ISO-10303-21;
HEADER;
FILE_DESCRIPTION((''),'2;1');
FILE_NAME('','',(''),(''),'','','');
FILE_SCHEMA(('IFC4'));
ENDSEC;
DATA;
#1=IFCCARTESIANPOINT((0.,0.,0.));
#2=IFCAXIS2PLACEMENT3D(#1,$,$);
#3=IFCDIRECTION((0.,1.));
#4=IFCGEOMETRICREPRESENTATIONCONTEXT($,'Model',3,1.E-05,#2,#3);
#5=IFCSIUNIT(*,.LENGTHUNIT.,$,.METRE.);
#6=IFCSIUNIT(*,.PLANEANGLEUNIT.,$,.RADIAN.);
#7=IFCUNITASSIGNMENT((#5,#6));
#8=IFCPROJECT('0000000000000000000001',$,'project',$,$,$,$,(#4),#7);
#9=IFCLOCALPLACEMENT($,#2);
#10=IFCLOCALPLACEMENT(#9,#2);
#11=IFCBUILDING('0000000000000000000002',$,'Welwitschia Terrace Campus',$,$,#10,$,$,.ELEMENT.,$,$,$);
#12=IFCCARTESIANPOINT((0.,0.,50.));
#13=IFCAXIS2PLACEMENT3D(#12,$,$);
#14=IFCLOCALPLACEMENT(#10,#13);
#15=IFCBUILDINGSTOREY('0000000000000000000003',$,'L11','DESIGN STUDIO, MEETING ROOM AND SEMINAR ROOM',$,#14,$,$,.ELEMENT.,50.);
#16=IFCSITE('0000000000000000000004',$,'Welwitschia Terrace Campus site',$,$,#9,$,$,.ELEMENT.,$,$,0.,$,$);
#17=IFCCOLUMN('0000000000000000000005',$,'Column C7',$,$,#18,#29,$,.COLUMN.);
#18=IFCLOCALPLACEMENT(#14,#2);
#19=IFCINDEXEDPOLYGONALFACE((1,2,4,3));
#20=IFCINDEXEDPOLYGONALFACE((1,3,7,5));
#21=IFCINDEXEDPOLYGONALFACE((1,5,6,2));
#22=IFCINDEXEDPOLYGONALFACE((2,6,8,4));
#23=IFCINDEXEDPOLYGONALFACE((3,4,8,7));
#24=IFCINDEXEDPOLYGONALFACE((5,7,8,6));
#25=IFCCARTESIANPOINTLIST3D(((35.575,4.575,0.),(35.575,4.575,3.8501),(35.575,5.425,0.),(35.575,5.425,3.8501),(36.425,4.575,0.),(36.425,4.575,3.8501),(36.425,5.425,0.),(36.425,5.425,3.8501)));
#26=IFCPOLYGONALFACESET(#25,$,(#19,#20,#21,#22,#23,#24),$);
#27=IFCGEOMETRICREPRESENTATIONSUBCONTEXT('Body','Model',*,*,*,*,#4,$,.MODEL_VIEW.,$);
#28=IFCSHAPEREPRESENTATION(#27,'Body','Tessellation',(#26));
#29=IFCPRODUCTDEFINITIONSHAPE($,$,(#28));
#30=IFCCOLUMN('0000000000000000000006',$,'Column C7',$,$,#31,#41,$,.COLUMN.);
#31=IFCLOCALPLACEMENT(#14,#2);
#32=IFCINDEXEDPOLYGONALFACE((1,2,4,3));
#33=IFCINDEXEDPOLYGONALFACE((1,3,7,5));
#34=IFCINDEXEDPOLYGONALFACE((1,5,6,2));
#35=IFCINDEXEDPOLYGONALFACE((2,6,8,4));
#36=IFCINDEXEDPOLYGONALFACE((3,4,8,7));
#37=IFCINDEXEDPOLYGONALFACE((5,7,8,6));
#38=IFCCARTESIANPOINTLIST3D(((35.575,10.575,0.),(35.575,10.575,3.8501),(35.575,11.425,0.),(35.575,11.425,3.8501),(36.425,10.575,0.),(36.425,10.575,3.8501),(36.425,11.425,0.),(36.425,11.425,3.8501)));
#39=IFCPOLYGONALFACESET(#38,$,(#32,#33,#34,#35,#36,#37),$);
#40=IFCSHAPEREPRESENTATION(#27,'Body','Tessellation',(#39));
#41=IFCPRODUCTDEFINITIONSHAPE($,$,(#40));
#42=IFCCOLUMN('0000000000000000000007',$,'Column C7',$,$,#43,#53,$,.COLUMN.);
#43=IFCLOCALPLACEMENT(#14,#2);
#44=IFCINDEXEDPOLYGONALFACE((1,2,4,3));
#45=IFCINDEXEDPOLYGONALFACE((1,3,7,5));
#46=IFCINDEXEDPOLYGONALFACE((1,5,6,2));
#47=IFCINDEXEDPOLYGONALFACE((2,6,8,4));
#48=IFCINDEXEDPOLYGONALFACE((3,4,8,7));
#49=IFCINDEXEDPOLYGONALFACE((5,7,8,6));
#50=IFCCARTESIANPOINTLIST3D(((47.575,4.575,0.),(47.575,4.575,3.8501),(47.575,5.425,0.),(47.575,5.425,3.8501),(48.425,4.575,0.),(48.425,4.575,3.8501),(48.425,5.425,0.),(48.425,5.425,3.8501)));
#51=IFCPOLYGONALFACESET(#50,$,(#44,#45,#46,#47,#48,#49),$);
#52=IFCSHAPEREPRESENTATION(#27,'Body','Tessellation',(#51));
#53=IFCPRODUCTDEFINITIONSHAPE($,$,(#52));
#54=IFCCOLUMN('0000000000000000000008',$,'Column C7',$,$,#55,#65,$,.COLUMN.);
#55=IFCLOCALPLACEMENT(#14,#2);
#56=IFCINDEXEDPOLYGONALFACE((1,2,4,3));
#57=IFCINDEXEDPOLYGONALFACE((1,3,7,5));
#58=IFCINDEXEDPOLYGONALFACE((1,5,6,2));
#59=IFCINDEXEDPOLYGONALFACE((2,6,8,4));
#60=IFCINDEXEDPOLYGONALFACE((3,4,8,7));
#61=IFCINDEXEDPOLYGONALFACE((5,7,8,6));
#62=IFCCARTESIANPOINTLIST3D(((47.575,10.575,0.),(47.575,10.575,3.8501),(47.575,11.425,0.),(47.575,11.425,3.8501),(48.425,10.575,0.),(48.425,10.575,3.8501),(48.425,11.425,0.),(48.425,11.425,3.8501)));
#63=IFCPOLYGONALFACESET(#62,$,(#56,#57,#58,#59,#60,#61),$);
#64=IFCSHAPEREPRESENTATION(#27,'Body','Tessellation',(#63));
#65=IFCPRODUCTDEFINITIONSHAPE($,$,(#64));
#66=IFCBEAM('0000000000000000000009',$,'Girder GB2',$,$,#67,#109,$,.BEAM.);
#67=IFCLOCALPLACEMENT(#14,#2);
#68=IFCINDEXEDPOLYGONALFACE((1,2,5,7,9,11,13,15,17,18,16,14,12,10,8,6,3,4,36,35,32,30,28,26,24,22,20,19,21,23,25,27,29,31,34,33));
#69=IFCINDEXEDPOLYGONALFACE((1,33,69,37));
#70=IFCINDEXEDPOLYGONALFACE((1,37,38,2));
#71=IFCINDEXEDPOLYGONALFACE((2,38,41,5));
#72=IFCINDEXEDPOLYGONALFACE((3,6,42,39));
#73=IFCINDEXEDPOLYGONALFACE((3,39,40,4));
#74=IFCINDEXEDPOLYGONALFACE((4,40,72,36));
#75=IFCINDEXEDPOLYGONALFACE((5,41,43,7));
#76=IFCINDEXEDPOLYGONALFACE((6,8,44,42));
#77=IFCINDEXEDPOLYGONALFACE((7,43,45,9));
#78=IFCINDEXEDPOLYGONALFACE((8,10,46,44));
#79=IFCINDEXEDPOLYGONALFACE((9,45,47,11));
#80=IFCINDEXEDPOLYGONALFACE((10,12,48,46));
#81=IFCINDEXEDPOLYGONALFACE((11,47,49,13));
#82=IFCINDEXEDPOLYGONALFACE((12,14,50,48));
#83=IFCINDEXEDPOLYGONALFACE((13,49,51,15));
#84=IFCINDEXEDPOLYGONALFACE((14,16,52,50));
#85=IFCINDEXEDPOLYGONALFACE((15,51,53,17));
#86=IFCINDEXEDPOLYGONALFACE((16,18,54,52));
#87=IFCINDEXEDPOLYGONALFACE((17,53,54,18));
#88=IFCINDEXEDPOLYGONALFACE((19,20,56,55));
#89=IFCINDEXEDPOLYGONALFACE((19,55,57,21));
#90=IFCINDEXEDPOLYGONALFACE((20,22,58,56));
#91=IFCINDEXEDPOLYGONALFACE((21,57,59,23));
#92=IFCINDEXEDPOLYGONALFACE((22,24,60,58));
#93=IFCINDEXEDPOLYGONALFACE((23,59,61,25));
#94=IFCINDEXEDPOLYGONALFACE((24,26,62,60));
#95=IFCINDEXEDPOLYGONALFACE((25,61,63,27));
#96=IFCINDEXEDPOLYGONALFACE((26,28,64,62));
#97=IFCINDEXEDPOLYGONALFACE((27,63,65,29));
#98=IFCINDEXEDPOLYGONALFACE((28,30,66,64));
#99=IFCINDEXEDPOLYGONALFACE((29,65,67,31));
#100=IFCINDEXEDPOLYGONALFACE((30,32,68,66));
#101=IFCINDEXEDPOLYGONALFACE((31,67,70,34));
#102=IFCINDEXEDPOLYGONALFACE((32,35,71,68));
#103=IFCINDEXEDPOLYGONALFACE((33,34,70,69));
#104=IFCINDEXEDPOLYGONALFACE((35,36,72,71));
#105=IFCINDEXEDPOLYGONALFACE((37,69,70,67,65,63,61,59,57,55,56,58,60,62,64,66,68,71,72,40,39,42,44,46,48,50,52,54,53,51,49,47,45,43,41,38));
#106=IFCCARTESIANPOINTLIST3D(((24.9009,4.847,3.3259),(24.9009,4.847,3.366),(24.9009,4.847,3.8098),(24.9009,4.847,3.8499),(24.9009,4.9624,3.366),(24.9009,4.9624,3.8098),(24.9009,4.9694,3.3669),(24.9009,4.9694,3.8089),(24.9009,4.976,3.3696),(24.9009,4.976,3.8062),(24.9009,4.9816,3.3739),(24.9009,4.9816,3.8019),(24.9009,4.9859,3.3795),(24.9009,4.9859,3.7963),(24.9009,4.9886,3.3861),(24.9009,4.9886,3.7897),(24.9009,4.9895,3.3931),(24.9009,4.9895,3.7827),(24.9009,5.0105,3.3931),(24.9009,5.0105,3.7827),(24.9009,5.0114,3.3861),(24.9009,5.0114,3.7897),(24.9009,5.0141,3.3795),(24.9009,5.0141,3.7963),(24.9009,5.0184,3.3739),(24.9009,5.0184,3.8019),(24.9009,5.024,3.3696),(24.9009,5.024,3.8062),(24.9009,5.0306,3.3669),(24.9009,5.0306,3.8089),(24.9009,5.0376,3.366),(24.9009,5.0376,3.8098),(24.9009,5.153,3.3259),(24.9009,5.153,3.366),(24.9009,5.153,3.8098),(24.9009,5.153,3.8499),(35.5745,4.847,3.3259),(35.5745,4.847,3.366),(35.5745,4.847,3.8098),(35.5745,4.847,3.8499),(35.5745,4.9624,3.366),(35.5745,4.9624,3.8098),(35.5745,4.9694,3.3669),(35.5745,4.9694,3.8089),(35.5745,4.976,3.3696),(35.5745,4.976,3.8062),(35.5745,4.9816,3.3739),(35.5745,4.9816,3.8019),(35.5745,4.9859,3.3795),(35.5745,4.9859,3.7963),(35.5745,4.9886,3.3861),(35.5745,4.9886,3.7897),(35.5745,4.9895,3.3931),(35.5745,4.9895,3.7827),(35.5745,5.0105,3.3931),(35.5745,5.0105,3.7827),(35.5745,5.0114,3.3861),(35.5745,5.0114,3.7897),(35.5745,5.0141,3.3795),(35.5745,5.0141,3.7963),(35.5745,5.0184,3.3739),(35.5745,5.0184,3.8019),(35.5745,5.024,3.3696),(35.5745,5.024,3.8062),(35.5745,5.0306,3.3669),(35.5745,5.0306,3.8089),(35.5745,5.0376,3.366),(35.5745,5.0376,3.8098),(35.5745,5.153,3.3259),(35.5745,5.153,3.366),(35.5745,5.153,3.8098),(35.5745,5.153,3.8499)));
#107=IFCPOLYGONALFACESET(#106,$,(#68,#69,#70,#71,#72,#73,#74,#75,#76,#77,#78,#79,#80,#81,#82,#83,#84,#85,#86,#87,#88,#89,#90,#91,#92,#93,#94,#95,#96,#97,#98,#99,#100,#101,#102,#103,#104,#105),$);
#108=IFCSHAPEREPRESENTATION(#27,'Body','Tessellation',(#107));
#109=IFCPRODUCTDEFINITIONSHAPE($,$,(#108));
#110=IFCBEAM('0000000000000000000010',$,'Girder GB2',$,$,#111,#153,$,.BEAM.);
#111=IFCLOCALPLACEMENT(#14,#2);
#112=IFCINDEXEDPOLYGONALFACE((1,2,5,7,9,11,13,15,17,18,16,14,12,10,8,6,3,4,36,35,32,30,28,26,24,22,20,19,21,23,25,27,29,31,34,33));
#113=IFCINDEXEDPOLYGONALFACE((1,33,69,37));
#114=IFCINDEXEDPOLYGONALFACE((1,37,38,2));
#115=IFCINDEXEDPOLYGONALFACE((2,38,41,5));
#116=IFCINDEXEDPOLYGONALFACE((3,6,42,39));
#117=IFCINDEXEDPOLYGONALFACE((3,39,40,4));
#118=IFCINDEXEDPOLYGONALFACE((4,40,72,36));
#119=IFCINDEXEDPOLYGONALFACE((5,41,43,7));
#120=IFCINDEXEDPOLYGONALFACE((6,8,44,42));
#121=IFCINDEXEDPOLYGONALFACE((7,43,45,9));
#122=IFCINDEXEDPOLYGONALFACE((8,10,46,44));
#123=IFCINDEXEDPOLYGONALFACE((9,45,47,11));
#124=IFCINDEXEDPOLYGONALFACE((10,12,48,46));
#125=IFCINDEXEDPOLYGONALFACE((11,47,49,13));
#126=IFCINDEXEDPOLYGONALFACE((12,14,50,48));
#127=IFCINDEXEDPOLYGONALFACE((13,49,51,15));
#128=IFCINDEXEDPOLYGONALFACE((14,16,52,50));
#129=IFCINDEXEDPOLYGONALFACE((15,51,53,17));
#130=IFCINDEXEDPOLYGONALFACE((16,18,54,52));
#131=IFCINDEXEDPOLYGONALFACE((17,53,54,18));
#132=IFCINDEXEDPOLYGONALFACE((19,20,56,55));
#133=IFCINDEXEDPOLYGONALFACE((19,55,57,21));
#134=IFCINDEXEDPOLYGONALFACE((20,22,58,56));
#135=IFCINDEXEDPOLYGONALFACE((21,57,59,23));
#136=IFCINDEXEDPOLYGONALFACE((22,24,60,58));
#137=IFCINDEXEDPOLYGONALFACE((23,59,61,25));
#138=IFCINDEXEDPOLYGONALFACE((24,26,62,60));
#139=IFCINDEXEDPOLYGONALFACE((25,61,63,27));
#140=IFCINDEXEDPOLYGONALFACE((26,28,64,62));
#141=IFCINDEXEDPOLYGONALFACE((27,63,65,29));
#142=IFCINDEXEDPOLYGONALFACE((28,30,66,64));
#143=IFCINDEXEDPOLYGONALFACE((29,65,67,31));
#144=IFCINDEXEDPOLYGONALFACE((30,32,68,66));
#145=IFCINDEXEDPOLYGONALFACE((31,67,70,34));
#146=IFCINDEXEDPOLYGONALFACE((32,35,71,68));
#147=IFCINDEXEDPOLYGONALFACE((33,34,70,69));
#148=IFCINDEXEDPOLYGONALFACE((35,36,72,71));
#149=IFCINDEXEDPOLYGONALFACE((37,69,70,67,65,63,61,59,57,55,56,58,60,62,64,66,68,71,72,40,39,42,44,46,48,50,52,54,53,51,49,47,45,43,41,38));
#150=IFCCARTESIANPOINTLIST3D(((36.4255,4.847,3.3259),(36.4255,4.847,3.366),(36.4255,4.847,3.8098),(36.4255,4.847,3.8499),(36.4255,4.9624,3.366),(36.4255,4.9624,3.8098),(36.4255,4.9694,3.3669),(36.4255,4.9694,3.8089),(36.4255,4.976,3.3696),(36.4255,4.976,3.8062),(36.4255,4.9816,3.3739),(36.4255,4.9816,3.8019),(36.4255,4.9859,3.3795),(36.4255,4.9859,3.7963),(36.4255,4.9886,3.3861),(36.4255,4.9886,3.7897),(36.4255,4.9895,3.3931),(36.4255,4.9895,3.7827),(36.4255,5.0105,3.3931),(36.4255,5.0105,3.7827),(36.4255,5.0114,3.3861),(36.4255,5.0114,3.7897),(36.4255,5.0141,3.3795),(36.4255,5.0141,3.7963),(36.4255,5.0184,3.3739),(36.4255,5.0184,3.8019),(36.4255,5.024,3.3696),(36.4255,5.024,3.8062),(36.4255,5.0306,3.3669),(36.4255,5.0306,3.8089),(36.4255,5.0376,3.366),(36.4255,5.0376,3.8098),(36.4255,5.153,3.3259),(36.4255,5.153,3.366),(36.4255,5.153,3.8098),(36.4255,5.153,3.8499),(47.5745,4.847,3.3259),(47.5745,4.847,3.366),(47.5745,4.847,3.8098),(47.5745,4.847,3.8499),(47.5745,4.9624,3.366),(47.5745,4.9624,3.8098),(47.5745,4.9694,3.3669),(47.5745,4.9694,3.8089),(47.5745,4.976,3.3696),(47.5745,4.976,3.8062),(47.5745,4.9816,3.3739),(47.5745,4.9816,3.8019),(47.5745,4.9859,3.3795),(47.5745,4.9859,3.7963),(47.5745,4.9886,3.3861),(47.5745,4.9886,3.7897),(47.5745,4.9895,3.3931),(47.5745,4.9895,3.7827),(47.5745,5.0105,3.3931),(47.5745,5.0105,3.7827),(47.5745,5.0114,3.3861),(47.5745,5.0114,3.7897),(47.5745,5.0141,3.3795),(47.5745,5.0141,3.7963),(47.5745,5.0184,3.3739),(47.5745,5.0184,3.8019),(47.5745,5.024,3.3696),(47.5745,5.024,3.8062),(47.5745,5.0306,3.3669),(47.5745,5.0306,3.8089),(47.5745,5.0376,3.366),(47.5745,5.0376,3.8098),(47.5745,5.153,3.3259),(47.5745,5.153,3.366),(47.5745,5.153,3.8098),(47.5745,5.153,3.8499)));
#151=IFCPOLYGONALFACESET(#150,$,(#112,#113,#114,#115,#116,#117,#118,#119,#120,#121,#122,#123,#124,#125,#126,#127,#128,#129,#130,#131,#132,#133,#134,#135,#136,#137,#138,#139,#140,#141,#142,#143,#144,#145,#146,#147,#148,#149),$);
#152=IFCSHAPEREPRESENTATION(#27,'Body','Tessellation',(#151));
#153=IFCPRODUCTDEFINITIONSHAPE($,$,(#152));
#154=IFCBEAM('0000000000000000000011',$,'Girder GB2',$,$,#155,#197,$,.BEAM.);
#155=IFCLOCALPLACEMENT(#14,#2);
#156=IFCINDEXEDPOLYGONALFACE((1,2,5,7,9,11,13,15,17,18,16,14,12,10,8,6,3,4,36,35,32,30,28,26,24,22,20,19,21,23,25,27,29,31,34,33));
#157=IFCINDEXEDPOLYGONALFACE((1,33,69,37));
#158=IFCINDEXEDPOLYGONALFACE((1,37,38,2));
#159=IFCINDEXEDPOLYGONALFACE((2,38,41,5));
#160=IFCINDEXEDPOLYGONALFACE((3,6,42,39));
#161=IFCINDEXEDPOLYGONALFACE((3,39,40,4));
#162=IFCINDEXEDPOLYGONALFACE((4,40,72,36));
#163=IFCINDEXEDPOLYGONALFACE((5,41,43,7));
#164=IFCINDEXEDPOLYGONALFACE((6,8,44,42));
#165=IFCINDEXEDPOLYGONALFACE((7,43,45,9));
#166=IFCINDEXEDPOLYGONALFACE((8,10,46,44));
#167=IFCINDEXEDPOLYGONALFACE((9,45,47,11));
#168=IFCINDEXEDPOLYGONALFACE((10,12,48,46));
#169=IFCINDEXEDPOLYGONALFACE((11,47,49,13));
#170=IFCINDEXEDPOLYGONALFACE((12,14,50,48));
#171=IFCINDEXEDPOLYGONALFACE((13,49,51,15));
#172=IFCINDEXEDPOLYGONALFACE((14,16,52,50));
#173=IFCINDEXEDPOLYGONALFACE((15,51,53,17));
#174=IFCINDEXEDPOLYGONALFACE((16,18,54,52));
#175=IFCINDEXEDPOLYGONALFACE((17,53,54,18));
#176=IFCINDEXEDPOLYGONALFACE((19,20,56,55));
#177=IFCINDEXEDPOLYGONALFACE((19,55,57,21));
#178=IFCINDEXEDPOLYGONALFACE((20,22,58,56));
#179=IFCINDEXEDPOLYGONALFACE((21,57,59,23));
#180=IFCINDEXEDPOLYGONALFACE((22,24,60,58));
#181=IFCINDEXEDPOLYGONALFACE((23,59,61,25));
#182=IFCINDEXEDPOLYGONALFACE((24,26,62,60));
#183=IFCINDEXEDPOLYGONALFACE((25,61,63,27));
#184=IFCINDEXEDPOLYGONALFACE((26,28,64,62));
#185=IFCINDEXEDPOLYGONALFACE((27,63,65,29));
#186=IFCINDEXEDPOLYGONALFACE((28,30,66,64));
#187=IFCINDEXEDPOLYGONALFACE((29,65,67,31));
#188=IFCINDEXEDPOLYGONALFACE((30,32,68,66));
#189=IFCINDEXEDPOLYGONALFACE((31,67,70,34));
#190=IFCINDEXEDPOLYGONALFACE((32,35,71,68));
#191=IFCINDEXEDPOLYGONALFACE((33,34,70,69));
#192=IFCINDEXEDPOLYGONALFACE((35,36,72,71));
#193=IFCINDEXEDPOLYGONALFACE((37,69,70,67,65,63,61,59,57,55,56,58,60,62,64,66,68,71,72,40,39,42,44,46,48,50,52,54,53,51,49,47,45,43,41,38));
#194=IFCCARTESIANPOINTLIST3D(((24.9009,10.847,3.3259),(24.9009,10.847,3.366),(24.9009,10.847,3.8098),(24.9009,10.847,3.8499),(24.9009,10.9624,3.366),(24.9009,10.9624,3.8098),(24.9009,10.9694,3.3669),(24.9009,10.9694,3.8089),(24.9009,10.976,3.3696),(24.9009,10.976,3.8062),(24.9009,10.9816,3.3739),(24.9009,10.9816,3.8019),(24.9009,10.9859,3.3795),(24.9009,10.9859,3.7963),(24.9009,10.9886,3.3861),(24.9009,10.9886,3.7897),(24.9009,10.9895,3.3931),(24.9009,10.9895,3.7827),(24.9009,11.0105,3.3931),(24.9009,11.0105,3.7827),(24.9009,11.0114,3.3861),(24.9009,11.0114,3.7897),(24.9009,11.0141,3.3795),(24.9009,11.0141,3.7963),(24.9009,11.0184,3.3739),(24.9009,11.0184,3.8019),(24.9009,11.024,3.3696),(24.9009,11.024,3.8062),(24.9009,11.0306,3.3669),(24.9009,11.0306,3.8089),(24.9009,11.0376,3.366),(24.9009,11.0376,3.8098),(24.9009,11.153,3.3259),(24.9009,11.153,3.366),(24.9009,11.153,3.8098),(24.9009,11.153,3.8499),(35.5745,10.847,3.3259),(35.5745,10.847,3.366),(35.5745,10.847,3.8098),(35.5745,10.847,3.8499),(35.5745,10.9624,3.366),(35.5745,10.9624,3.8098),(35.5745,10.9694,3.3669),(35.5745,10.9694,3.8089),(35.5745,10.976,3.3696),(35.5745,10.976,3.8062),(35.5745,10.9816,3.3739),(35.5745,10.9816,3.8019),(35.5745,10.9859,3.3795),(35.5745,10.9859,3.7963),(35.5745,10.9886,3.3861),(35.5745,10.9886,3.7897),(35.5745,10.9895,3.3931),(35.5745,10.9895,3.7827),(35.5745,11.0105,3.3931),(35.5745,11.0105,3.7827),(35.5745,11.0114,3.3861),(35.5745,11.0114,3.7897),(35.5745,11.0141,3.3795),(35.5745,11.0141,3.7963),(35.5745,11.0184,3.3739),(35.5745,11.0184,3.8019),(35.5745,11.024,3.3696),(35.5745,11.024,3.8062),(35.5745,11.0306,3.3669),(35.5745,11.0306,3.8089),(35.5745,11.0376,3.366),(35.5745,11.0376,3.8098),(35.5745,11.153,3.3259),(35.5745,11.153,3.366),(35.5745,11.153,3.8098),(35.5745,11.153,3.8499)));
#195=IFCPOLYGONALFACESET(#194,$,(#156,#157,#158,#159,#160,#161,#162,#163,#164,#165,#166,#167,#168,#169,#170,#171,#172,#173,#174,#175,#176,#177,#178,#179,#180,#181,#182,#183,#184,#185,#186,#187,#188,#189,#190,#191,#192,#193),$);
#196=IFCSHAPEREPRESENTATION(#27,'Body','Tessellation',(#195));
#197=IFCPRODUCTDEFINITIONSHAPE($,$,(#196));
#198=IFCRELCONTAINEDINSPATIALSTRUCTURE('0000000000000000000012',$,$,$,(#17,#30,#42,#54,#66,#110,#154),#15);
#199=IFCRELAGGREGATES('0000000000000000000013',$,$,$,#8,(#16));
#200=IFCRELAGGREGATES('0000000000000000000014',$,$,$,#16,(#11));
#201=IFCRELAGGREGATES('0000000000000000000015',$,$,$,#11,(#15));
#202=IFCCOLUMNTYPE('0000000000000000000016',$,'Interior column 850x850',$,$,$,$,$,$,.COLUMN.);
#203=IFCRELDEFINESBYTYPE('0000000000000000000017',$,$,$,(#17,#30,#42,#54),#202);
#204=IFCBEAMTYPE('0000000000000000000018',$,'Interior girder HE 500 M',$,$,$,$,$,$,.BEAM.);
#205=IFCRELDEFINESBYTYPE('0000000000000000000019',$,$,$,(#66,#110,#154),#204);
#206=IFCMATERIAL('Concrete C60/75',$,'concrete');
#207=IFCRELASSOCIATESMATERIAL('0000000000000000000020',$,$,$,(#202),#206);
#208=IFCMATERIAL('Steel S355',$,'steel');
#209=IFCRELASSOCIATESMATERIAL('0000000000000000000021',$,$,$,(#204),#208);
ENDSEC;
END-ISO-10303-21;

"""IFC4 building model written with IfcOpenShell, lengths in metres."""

from ifc_helpers import new_model, si_unit, direction, frame, origin, origin_2d, place, context, subcontext, project, spatial, rectangle, i_section, extrude, material, material_profile, profile_set, type_object, element, save


model = new_model("IFC4")

# Units and contexts
model_context = context("Model", 3, precision=1e-05, world=origin(), true_north=direction((0.0, 1.0)))
body_context = subcontext(model_context, "Body", "Model", "MODEL_VIEW")
ifc_project = project(units=[si_unit("LENGTHUNIT", "METRE"), si_unit("PLANEANGLEUNIT", "RADIAN")], contexts=[model_context])

# Site, building, storey
site_placement = place(None, origin())
site = spatial("IfcSite", under=ifc_project, at=site_placement, Name="Welwitschia Terrace Campus site", CompositionType="ELEMENT", RefElevation=0.0)
building_placement = place(site_placement, origin())
building = spatial("IfcBuilding", under=site, at=building_placement, Name="Welwitschia Terrace Campus", CompositionType="ELEMENT")
storey_placement = place(building_placement, frame((0.0, 0.0, 50.0)))
storey = spatial("IfcBuildingStorey", under=building, at=storey_placement, Name="L11", Description="DESIGN STUDIO, MEETING ROOM AND SEMINAR ROOM", CompositionType="ELEMENT", Elevation=50.0)

# Columns
ifc_material_1 = material(Name="Concrete C60/75", Category="concrete")
ifc_material_profile_1 = material_profile(ifc_material_1, rectangle(XDim=0.8501, YDim=0.8501, at=origin_2d()))
ifc_profile_set_1 = profile_set([ifc_material_profile_1], Name="Concrete C60/75")
column_type = type_object("IfcColumnType", Name="Interior column 850x850", PredefinedType="COLUMN", material=ifc_profile_set_1)
for number, where, z_axis, x_axis, name in (
    (1, (36.0, 5.0, 0.0), (0.0, 0.0, 1.0), (1.0, 0.0, 0.0), "Column C7"),
    (2, (36.0, 11.0, 0.0), (0.0, 0.0, 1.0), (1.0, 0.0, 0.0), "Column C7"),
    (3, (48.0, 5.0, 0.0), (0.0, 0.0, 1.0), (1.0, 0.0, 0.0), "Column C7"),
    (4, (48.0, 11.0, 0.0), (0.0, 0.0, 1.0), (1.0, 0.0, 0.0), "Column C7"),
):
    element("IfcColumn", number, at=place(storey_placement, frame(where, z_axis=z_axis, x_axis=x_axis)), inside=storey, type_object=column_type, Name=name, PredefinedType="COLUMN", context=body_context, shape_type="SweptSolid", body=[
        extrude(rectangle(XDim=0.8501, YDim=0.8501, at=origin_2d()), origin(), (0.0, 0.0, 1.0), 3.8501),
    ])

# Beams
ifc_material_2 = material(Name="Steel S355", Category="steel")
ifc_material_profile_2 = material_profile(ifc_material_2, i_section(OverallWidth=0.3059, OverallDepth=0.5239, WebThickness=0.021, FlangeThickness=0.04, FilletRadius=0.0271, at=origin_2d()))
ifc_profile_set_2 = profile_set([ifc_material_profile_2], Name="Steel S355")
beam_type_1 = type_object("IfcBeamType", Name="Interior girder HE 500 M", PredefinedType="BEAM", material=ifc_profile_set_2)
beam_1_placement = place(storey_placement, frame((24.9009, 5.0, 3.5879), z_axis=(1.0, 0.0, 0.0), x_axis=(0.0, 1.0, 0.0)))
element("IfcBeam", 5, at=beam_1_placement, inside=storey, type_object=beam_type_1, Name="Girder GB2", PredefinedType="BEAM", context=body_context, shape_type="SweptSolid", body=[
    extrude(i_section(OverallWidth=0.3059, OverallDepth=0.5239, WebThickness=0.021, FlangeThickness=0.04, FilletRadius=0.0271, at=origin_2d()), origin(), (0.0, 0.0, 1.0), 10.6736),
])
beam_2_placement = place(storey_placement, frame((36.4255, 5.0, 3.5879), z_axis=(1.0, 0.0, 0.0), x_axis=(0.0, 1.0, 0.0)))
element("IfcBeam", 6, at=beam_2_placement, inside=storey, type_object=beam_type_1, Name="Girder GB2", PredefinedType="BEAM", context=body_context, shape_type="SweptSolid", body=[
    extrude(i_section(OverallWidth=0.3059, OverallDepth=0.5239, WebThickness=0.021, FlangeThickness=0.04, FilletRadius=0.0271, at=origin_2d()), origin(), (0.0, 0.0, 1.0), 11.1489),
])
beam_3_placement = place(storey_placement, frame((24.9009, 11.0, 3.5879), z_axis=(1.0, 0.0, 0.0), x_axis=(0.0, 1.0, 0.0)))
element("IfcBeam", 7, at=beam_3_placement, inside=storey, type_object=beam_type_1, Name="Girder GB2", PredefinedType="BEAM", context=body_context, shape_type="SweptSolid", body=[
    extrude(i_section(OverallWidth=0.3059, OverallDepth=0.5239, WebThickness=0.021, FlangeThickness=0.04, FilletRadius=0.0271, at=origin_2d()), origin(), (0.0, 0.0, 1.0), 10.6736),
])

save(model, "model.ifc")
